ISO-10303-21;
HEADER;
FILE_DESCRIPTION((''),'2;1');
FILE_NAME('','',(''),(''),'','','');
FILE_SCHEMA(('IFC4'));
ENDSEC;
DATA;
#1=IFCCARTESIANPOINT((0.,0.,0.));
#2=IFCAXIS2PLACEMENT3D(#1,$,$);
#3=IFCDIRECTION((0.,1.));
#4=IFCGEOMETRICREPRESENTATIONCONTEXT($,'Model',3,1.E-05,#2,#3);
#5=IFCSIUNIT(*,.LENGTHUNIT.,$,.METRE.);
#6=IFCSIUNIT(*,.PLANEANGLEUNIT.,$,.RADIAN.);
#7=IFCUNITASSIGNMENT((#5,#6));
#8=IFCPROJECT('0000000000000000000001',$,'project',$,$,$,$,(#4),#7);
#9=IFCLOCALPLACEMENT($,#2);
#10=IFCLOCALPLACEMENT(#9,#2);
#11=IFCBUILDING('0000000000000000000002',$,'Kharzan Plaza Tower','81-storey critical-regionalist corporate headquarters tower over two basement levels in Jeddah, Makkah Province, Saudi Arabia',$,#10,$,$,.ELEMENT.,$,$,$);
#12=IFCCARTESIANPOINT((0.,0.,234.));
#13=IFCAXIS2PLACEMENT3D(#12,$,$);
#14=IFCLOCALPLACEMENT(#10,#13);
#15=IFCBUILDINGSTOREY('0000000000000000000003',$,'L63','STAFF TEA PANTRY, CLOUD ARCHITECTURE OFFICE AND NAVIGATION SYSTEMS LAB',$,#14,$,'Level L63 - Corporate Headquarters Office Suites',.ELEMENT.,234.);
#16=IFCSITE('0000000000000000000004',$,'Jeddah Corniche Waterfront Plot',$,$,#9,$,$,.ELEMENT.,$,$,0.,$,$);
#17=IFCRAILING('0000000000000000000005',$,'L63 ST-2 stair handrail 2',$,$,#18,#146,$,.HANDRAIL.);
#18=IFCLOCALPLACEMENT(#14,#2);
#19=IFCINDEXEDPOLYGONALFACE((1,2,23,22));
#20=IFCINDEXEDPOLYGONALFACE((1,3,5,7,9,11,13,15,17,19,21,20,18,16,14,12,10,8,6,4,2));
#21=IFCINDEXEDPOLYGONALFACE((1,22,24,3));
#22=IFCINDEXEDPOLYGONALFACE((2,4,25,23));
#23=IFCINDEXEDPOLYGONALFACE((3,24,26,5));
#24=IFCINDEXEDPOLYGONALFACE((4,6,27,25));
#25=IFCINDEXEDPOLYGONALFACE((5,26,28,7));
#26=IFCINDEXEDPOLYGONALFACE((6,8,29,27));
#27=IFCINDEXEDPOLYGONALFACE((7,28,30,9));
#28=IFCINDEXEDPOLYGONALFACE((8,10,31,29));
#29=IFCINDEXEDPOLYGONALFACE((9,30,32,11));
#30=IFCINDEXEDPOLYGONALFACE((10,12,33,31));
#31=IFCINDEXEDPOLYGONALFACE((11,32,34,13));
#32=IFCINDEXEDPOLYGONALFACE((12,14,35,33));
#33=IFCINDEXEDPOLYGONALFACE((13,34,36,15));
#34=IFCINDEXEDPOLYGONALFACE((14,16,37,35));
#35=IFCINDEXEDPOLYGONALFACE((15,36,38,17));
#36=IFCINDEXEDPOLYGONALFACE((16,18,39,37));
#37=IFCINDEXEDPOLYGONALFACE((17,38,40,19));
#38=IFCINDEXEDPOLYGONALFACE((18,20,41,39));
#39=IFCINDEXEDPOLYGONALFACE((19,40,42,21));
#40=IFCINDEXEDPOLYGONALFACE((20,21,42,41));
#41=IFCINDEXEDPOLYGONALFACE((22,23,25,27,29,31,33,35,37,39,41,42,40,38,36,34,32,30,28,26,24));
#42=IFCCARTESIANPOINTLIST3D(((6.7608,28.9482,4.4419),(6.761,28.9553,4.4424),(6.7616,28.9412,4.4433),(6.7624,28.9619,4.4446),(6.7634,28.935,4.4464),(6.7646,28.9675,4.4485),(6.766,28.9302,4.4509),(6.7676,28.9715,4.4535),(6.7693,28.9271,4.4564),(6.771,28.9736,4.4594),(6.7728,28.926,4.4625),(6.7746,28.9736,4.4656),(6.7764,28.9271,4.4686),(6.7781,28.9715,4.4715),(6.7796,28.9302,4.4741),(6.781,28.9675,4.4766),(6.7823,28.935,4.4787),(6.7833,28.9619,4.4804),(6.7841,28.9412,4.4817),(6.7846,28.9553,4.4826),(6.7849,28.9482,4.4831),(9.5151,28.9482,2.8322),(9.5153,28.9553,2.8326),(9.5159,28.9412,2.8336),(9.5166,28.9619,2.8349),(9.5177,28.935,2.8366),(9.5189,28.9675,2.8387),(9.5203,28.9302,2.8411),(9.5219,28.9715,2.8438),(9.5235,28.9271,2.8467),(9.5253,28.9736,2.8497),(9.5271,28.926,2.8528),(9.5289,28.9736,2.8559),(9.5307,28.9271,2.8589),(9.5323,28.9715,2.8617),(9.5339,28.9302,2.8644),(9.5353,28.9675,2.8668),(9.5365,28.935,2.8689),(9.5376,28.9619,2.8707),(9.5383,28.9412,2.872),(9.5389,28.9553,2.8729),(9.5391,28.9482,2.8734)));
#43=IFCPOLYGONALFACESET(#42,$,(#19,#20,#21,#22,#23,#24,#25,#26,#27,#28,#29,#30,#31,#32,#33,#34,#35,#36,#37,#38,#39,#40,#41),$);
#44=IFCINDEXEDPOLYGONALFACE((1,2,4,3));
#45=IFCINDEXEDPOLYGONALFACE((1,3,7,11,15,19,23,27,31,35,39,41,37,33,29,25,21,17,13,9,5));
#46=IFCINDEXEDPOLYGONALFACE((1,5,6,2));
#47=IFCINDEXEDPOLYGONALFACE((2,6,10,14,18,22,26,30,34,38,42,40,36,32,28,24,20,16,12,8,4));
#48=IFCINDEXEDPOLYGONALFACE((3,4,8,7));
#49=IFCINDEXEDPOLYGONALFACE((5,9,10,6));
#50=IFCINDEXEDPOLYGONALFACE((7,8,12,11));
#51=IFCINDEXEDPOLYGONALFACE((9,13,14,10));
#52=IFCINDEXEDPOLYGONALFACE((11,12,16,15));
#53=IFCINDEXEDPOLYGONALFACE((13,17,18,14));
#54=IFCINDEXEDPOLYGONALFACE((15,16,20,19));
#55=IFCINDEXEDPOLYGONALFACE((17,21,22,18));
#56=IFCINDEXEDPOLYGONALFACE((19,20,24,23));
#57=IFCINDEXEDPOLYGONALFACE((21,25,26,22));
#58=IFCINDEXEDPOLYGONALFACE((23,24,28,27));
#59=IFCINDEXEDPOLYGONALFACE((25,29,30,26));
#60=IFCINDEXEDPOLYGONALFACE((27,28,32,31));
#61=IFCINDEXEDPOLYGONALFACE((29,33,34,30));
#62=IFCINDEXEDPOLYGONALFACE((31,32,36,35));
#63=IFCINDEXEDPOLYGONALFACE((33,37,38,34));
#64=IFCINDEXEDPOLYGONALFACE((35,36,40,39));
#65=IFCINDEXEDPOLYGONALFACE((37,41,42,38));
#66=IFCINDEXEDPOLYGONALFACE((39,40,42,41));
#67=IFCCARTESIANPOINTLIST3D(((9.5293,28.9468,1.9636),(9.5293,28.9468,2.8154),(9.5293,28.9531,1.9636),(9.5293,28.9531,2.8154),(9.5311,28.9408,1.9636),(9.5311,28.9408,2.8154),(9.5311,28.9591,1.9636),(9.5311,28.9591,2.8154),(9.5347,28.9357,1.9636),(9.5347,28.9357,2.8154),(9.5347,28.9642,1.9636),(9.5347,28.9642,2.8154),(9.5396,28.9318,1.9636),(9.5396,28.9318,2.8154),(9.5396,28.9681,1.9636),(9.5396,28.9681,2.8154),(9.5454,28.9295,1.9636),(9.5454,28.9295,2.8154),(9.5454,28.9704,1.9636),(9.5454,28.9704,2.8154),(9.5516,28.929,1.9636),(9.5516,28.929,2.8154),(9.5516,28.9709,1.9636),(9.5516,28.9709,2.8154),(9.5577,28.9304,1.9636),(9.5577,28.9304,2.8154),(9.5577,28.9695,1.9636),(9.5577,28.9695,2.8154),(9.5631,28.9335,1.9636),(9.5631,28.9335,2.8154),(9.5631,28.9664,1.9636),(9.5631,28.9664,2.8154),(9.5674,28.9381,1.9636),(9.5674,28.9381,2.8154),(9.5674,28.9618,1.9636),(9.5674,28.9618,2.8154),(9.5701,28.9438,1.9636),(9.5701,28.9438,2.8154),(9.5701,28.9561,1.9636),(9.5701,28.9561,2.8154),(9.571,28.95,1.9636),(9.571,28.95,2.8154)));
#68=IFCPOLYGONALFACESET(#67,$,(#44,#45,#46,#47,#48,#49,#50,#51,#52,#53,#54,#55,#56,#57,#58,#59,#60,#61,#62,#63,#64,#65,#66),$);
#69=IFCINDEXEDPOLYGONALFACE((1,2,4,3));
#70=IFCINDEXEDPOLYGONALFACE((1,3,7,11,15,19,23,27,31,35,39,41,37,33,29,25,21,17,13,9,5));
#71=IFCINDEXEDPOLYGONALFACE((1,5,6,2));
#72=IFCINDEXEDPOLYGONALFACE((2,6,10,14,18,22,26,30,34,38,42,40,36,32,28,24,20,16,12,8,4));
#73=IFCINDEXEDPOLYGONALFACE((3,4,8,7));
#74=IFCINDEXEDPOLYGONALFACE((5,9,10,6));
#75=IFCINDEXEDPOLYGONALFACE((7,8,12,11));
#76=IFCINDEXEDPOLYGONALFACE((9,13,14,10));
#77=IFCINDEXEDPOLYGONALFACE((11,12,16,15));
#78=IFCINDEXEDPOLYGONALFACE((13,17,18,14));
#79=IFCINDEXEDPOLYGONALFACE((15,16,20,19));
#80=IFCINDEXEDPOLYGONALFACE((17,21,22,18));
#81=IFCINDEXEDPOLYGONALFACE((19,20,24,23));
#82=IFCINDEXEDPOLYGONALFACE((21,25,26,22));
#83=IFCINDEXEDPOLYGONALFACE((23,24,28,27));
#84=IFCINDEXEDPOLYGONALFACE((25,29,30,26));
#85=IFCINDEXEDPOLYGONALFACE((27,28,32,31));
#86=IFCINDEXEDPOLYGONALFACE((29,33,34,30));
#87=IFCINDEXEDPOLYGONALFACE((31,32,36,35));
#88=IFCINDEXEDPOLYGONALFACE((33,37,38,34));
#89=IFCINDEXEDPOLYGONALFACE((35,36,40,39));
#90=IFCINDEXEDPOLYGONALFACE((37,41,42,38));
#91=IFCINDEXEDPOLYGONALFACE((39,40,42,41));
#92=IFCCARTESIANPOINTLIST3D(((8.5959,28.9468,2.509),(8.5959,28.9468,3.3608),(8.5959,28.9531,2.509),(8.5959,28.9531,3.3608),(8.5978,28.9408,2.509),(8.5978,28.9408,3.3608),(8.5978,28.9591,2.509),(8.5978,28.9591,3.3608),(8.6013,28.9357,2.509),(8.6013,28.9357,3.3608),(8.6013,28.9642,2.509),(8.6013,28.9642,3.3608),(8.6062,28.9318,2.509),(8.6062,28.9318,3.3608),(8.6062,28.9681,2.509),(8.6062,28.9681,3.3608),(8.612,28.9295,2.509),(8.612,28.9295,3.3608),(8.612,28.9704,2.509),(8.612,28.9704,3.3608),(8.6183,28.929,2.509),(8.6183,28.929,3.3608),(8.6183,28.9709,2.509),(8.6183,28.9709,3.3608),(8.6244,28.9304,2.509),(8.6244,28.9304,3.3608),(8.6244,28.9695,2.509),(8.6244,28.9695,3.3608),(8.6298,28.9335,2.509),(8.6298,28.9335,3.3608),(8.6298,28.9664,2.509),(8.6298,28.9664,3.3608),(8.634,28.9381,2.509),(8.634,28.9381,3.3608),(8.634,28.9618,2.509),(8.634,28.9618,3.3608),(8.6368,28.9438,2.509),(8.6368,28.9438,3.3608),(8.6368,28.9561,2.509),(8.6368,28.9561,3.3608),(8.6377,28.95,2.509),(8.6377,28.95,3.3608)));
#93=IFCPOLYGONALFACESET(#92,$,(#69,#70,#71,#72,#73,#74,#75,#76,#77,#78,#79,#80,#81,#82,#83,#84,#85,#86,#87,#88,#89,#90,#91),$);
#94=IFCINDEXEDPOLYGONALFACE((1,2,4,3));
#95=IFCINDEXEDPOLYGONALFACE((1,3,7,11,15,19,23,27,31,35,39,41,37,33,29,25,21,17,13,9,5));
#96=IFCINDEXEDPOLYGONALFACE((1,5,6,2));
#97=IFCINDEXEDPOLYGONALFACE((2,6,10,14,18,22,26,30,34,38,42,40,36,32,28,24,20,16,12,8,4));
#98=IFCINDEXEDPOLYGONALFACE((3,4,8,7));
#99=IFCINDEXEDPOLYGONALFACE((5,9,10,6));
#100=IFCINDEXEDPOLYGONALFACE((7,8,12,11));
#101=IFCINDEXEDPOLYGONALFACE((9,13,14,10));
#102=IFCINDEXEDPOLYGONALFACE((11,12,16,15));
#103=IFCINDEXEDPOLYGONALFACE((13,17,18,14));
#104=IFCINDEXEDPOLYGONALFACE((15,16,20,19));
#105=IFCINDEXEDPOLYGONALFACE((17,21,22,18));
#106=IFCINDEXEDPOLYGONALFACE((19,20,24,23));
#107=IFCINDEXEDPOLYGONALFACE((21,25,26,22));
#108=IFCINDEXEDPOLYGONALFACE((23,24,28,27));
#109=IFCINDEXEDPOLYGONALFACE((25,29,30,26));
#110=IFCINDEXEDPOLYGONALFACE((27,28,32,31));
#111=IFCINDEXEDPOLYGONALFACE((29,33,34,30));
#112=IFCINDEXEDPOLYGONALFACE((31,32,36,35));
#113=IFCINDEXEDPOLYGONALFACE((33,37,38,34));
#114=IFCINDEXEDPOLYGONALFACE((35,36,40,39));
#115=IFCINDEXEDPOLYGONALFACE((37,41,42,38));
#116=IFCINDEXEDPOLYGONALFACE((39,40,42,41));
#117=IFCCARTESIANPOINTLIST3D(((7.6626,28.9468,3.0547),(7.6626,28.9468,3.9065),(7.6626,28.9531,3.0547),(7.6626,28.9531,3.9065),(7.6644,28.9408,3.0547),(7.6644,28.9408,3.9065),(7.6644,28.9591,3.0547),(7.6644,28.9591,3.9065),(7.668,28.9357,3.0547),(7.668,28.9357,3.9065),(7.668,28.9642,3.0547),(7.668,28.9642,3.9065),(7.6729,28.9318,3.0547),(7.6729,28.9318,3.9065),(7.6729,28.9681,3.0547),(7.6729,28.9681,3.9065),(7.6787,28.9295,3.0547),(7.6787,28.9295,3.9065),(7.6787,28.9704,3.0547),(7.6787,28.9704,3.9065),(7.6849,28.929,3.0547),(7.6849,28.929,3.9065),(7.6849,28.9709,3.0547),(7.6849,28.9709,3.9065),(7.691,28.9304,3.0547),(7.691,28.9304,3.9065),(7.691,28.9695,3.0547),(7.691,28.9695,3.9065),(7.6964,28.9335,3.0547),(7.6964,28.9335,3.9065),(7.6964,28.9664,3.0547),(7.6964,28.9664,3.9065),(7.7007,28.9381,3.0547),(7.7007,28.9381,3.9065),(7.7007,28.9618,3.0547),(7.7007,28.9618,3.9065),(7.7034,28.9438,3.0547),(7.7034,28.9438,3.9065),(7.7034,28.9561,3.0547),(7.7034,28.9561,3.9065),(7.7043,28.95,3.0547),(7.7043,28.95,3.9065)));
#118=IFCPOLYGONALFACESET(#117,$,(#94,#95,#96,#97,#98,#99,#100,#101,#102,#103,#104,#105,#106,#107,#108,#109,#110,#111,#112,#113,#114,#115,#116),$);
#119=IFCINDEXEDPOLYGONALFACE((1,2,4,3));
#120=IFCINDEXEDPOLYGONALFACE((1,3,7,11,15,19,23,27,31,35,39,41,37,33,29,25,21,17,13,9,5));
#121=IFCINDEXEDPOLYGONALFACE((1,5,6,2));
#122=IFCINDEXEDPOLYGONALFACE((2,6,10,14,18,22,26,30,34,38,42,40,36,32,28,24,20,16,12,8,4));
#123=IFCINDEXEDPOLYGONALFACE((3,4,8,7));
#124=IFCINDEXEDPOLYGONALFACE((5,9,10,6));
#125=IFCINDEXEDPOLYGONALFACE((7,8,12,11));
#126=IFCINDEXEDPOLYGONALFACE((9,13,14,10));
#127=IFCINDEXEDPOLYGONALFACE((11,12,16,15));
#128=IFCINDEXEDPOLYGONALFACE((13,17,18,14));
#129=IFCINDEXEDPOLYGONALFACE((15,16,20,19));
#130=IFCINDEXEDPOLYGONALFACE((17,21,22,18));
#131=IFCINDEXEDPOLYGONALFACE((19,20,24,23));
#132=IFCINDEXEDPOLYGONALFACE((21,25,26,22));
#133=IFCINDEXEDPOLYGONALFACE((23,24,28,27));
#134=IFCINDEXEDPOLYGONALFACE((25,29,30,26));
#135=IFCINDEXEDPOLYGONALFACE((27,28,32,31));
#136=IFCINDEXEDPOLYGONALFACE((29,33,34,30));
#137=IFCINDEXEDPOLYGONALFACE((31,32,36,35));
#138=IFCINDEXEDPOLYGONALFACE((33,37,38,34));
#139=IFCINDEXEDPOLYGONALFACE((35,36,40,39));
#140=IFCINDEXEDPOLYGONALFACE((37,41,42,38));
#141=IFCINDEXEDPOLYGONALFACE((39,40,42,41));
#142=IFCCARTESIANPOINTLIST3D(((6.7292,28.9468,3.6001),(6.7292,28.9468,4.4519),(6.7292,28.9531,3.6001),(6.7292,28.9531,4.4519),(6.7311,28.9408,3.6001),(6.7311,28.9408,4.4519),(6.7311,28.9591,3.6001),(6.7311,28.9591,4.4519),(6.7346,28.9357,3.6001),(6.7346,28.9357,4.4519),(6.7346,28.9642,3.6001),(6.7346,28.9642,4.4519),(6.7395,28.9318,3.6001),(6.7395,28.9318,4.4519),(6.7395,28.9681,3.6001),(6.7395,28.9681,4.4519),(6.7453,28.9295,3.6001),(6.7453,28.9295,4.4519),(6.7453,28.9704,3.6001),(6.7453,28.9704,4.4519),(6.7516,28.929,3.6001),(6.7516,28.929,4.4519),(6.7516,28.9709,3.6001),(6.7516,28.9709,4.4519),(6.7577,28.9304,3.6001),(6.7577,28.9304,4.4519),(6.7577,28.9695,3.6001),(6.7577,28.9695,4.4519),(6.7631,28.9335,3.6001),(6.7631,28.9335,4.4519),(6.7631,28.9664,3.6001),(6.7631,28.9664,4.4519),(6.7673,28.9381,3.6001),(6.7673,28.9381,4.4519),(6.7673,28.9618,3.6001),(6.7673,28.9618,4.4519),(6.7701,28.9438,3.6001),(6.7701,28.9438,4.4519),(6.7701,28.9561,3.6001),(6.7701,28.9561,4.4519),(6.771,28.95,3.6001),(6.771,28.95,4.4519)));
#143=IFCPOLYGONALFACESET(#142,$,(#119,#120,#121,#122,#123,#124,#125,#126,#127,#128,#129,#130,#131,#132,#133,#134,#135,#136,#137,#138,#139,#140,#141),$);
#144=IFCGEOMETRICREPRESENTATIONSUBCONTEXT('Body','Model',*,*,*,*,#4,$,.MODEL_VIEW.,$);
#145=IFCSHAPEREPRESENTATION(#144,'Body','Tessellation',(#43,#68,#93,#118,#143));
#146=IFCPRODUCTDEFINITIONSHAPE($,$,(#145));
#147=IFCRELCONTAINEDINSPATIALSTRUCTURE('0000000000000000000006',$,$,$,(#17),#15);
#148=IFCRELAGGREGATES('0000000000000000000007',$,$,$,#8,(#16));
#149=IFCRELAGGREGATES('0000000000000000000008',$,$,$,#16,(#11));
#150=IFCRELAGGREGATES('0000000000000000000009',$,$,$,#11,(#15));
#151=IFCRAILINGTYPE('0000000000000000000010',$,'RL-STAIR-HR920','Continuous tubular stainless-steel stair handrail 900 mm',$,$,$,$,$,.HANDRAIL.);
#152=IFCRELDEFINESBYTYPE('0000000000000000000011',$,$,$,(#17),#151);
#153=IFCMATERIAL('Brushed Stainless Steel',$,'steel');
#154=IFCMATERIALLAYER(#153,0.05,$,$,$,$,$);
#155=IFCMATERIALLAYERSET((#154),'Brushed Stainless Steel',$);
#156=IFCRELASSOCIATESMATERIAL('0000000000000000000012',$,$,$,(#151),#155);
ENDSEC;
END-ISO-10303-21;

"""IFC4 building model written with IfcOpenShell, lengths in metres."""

from ifc_helpers import new_model, si_unit, direction, frame, origin, origin_2d, place, context, subcontext, project, spatial, circle, extrude, source, transform, mapped, material, layer, layer_set, type_object, element, save


model = new_model("IFC4")

# Units and contexts
model_context = context("Model", 3, precision=1e-05, world=origin(), true_north=direction((0.0, 1.0)))
body_context = subcontext(model_context, "Body", "Model", "MODEL_VIEW")
ifc_project = project(units=[si_unit("LENGTHUNIT", "METRE"), si_unit("PLANEANGLEUNIT", "RADIAN")], contexts=[model_context])

# Site, building, storey
site_placement = place(None, origin())
site = spatial("IfcSite", under=ifc_project, at=site_placement, Name="Jeddah Corniche Waterfront Plot", CompositionType="ELEMENT", RefElevation=0.0)
building_placement = place(site_placement, origin())
building = spatial("IfcBuilding", under=site, at=building_placement, Name="Kharzan Plaza Tower", Description="81-storey critical-regionalist corporate headquarters tower over two basement levels in Jeddah, Makkah Province, Saudi Arabia", CompositionType="ELEMENT")
storey_placement = place(building_placement, frame((0.0, 0.0, 234.0)))
storey = spatial("IfcBuildingStorey", under=building, at=storey_placement, Name="L63", Description="STAFF TEA PANTRY, CLOUD ARCHITECTURE OFFICE AND NAVIGATION SYSTEMS LAB", LongName="Level L63 - Corporate Headquarters Office Suites", CompositionType="ELEMENT", Elevation=234.0)

# Railing
ifc_material_1 = material(Name="Brushed Stainless Steel", Category="steel")
ifc_layer_1 = layer(ifc_material_1, 0.05)
ifc_layer_set_1 = layer_set([ifc_layer_1], Name="Brushed Stainless Steel")
railing_type_1 = type_object("IfcRailingType", Name="RL-STAIR-HR920", Description="Continuous tubular stainless-steel stair handrail 900 mm", PredefinedType="HANDRAIL", material=ifc_layer_set_1)
shared_shape_1 = source(origin(), body_context, "Body", "SweptSolid", [
    extrude(circle(Radius=0.0239, at=origin_2d()), frame((-0.0229, 0.0, 0.8892), z_axis=(-0.863361, 0.0, 0.504587), x_axis=(0.0, -1.0, 0.0)), (0.0, 0.0, 1.0), 3.1902),
    extrude(circle(Radius=0.021, at=origin_2d()), origin(), (0.0, 0.0, 1.0), 0.8518),
    extrude(circle(Radius=0.021, at=origin_2d()), frame((-0.9333, 0.0, 0.5454)), (0.0, 0.0, 1.0), 0.8518),
    extrude(circle(Radius=0.021, at=origin_2d()), frame((-1.8667, 0.0, 1.0911)), (0.0, 0.0, 1.0), 0.8518),
    extrude(circle(Radius=0.021, at=origin_2d()), frame((-2.8, 0.0, 1.6365)), (0.0, 0.0, 1.0), 0.8518),
])
railing_1_placement = place(storey_placement, frame((9.55, 28.95, 1.9636)))
element("IfcRailing", 1, at=railing_1_placement, inside=storey, type_object=railing_type_1, Name="L63 ST-2 stair handrail 2", PredefinedType="HANDRAIL", context=body_context, shape_type="MappedRepresentation", body=[
    mapped(shared_shape_1, transform((0.0, 0.0, 0.0), x_axis=(1.0, 0.0, 0.0), y_axis=(0.0, 1.0, 0.0), z_axis=(0.0, 0.0, 1.0))),
])

save(model, "model.ifc")
